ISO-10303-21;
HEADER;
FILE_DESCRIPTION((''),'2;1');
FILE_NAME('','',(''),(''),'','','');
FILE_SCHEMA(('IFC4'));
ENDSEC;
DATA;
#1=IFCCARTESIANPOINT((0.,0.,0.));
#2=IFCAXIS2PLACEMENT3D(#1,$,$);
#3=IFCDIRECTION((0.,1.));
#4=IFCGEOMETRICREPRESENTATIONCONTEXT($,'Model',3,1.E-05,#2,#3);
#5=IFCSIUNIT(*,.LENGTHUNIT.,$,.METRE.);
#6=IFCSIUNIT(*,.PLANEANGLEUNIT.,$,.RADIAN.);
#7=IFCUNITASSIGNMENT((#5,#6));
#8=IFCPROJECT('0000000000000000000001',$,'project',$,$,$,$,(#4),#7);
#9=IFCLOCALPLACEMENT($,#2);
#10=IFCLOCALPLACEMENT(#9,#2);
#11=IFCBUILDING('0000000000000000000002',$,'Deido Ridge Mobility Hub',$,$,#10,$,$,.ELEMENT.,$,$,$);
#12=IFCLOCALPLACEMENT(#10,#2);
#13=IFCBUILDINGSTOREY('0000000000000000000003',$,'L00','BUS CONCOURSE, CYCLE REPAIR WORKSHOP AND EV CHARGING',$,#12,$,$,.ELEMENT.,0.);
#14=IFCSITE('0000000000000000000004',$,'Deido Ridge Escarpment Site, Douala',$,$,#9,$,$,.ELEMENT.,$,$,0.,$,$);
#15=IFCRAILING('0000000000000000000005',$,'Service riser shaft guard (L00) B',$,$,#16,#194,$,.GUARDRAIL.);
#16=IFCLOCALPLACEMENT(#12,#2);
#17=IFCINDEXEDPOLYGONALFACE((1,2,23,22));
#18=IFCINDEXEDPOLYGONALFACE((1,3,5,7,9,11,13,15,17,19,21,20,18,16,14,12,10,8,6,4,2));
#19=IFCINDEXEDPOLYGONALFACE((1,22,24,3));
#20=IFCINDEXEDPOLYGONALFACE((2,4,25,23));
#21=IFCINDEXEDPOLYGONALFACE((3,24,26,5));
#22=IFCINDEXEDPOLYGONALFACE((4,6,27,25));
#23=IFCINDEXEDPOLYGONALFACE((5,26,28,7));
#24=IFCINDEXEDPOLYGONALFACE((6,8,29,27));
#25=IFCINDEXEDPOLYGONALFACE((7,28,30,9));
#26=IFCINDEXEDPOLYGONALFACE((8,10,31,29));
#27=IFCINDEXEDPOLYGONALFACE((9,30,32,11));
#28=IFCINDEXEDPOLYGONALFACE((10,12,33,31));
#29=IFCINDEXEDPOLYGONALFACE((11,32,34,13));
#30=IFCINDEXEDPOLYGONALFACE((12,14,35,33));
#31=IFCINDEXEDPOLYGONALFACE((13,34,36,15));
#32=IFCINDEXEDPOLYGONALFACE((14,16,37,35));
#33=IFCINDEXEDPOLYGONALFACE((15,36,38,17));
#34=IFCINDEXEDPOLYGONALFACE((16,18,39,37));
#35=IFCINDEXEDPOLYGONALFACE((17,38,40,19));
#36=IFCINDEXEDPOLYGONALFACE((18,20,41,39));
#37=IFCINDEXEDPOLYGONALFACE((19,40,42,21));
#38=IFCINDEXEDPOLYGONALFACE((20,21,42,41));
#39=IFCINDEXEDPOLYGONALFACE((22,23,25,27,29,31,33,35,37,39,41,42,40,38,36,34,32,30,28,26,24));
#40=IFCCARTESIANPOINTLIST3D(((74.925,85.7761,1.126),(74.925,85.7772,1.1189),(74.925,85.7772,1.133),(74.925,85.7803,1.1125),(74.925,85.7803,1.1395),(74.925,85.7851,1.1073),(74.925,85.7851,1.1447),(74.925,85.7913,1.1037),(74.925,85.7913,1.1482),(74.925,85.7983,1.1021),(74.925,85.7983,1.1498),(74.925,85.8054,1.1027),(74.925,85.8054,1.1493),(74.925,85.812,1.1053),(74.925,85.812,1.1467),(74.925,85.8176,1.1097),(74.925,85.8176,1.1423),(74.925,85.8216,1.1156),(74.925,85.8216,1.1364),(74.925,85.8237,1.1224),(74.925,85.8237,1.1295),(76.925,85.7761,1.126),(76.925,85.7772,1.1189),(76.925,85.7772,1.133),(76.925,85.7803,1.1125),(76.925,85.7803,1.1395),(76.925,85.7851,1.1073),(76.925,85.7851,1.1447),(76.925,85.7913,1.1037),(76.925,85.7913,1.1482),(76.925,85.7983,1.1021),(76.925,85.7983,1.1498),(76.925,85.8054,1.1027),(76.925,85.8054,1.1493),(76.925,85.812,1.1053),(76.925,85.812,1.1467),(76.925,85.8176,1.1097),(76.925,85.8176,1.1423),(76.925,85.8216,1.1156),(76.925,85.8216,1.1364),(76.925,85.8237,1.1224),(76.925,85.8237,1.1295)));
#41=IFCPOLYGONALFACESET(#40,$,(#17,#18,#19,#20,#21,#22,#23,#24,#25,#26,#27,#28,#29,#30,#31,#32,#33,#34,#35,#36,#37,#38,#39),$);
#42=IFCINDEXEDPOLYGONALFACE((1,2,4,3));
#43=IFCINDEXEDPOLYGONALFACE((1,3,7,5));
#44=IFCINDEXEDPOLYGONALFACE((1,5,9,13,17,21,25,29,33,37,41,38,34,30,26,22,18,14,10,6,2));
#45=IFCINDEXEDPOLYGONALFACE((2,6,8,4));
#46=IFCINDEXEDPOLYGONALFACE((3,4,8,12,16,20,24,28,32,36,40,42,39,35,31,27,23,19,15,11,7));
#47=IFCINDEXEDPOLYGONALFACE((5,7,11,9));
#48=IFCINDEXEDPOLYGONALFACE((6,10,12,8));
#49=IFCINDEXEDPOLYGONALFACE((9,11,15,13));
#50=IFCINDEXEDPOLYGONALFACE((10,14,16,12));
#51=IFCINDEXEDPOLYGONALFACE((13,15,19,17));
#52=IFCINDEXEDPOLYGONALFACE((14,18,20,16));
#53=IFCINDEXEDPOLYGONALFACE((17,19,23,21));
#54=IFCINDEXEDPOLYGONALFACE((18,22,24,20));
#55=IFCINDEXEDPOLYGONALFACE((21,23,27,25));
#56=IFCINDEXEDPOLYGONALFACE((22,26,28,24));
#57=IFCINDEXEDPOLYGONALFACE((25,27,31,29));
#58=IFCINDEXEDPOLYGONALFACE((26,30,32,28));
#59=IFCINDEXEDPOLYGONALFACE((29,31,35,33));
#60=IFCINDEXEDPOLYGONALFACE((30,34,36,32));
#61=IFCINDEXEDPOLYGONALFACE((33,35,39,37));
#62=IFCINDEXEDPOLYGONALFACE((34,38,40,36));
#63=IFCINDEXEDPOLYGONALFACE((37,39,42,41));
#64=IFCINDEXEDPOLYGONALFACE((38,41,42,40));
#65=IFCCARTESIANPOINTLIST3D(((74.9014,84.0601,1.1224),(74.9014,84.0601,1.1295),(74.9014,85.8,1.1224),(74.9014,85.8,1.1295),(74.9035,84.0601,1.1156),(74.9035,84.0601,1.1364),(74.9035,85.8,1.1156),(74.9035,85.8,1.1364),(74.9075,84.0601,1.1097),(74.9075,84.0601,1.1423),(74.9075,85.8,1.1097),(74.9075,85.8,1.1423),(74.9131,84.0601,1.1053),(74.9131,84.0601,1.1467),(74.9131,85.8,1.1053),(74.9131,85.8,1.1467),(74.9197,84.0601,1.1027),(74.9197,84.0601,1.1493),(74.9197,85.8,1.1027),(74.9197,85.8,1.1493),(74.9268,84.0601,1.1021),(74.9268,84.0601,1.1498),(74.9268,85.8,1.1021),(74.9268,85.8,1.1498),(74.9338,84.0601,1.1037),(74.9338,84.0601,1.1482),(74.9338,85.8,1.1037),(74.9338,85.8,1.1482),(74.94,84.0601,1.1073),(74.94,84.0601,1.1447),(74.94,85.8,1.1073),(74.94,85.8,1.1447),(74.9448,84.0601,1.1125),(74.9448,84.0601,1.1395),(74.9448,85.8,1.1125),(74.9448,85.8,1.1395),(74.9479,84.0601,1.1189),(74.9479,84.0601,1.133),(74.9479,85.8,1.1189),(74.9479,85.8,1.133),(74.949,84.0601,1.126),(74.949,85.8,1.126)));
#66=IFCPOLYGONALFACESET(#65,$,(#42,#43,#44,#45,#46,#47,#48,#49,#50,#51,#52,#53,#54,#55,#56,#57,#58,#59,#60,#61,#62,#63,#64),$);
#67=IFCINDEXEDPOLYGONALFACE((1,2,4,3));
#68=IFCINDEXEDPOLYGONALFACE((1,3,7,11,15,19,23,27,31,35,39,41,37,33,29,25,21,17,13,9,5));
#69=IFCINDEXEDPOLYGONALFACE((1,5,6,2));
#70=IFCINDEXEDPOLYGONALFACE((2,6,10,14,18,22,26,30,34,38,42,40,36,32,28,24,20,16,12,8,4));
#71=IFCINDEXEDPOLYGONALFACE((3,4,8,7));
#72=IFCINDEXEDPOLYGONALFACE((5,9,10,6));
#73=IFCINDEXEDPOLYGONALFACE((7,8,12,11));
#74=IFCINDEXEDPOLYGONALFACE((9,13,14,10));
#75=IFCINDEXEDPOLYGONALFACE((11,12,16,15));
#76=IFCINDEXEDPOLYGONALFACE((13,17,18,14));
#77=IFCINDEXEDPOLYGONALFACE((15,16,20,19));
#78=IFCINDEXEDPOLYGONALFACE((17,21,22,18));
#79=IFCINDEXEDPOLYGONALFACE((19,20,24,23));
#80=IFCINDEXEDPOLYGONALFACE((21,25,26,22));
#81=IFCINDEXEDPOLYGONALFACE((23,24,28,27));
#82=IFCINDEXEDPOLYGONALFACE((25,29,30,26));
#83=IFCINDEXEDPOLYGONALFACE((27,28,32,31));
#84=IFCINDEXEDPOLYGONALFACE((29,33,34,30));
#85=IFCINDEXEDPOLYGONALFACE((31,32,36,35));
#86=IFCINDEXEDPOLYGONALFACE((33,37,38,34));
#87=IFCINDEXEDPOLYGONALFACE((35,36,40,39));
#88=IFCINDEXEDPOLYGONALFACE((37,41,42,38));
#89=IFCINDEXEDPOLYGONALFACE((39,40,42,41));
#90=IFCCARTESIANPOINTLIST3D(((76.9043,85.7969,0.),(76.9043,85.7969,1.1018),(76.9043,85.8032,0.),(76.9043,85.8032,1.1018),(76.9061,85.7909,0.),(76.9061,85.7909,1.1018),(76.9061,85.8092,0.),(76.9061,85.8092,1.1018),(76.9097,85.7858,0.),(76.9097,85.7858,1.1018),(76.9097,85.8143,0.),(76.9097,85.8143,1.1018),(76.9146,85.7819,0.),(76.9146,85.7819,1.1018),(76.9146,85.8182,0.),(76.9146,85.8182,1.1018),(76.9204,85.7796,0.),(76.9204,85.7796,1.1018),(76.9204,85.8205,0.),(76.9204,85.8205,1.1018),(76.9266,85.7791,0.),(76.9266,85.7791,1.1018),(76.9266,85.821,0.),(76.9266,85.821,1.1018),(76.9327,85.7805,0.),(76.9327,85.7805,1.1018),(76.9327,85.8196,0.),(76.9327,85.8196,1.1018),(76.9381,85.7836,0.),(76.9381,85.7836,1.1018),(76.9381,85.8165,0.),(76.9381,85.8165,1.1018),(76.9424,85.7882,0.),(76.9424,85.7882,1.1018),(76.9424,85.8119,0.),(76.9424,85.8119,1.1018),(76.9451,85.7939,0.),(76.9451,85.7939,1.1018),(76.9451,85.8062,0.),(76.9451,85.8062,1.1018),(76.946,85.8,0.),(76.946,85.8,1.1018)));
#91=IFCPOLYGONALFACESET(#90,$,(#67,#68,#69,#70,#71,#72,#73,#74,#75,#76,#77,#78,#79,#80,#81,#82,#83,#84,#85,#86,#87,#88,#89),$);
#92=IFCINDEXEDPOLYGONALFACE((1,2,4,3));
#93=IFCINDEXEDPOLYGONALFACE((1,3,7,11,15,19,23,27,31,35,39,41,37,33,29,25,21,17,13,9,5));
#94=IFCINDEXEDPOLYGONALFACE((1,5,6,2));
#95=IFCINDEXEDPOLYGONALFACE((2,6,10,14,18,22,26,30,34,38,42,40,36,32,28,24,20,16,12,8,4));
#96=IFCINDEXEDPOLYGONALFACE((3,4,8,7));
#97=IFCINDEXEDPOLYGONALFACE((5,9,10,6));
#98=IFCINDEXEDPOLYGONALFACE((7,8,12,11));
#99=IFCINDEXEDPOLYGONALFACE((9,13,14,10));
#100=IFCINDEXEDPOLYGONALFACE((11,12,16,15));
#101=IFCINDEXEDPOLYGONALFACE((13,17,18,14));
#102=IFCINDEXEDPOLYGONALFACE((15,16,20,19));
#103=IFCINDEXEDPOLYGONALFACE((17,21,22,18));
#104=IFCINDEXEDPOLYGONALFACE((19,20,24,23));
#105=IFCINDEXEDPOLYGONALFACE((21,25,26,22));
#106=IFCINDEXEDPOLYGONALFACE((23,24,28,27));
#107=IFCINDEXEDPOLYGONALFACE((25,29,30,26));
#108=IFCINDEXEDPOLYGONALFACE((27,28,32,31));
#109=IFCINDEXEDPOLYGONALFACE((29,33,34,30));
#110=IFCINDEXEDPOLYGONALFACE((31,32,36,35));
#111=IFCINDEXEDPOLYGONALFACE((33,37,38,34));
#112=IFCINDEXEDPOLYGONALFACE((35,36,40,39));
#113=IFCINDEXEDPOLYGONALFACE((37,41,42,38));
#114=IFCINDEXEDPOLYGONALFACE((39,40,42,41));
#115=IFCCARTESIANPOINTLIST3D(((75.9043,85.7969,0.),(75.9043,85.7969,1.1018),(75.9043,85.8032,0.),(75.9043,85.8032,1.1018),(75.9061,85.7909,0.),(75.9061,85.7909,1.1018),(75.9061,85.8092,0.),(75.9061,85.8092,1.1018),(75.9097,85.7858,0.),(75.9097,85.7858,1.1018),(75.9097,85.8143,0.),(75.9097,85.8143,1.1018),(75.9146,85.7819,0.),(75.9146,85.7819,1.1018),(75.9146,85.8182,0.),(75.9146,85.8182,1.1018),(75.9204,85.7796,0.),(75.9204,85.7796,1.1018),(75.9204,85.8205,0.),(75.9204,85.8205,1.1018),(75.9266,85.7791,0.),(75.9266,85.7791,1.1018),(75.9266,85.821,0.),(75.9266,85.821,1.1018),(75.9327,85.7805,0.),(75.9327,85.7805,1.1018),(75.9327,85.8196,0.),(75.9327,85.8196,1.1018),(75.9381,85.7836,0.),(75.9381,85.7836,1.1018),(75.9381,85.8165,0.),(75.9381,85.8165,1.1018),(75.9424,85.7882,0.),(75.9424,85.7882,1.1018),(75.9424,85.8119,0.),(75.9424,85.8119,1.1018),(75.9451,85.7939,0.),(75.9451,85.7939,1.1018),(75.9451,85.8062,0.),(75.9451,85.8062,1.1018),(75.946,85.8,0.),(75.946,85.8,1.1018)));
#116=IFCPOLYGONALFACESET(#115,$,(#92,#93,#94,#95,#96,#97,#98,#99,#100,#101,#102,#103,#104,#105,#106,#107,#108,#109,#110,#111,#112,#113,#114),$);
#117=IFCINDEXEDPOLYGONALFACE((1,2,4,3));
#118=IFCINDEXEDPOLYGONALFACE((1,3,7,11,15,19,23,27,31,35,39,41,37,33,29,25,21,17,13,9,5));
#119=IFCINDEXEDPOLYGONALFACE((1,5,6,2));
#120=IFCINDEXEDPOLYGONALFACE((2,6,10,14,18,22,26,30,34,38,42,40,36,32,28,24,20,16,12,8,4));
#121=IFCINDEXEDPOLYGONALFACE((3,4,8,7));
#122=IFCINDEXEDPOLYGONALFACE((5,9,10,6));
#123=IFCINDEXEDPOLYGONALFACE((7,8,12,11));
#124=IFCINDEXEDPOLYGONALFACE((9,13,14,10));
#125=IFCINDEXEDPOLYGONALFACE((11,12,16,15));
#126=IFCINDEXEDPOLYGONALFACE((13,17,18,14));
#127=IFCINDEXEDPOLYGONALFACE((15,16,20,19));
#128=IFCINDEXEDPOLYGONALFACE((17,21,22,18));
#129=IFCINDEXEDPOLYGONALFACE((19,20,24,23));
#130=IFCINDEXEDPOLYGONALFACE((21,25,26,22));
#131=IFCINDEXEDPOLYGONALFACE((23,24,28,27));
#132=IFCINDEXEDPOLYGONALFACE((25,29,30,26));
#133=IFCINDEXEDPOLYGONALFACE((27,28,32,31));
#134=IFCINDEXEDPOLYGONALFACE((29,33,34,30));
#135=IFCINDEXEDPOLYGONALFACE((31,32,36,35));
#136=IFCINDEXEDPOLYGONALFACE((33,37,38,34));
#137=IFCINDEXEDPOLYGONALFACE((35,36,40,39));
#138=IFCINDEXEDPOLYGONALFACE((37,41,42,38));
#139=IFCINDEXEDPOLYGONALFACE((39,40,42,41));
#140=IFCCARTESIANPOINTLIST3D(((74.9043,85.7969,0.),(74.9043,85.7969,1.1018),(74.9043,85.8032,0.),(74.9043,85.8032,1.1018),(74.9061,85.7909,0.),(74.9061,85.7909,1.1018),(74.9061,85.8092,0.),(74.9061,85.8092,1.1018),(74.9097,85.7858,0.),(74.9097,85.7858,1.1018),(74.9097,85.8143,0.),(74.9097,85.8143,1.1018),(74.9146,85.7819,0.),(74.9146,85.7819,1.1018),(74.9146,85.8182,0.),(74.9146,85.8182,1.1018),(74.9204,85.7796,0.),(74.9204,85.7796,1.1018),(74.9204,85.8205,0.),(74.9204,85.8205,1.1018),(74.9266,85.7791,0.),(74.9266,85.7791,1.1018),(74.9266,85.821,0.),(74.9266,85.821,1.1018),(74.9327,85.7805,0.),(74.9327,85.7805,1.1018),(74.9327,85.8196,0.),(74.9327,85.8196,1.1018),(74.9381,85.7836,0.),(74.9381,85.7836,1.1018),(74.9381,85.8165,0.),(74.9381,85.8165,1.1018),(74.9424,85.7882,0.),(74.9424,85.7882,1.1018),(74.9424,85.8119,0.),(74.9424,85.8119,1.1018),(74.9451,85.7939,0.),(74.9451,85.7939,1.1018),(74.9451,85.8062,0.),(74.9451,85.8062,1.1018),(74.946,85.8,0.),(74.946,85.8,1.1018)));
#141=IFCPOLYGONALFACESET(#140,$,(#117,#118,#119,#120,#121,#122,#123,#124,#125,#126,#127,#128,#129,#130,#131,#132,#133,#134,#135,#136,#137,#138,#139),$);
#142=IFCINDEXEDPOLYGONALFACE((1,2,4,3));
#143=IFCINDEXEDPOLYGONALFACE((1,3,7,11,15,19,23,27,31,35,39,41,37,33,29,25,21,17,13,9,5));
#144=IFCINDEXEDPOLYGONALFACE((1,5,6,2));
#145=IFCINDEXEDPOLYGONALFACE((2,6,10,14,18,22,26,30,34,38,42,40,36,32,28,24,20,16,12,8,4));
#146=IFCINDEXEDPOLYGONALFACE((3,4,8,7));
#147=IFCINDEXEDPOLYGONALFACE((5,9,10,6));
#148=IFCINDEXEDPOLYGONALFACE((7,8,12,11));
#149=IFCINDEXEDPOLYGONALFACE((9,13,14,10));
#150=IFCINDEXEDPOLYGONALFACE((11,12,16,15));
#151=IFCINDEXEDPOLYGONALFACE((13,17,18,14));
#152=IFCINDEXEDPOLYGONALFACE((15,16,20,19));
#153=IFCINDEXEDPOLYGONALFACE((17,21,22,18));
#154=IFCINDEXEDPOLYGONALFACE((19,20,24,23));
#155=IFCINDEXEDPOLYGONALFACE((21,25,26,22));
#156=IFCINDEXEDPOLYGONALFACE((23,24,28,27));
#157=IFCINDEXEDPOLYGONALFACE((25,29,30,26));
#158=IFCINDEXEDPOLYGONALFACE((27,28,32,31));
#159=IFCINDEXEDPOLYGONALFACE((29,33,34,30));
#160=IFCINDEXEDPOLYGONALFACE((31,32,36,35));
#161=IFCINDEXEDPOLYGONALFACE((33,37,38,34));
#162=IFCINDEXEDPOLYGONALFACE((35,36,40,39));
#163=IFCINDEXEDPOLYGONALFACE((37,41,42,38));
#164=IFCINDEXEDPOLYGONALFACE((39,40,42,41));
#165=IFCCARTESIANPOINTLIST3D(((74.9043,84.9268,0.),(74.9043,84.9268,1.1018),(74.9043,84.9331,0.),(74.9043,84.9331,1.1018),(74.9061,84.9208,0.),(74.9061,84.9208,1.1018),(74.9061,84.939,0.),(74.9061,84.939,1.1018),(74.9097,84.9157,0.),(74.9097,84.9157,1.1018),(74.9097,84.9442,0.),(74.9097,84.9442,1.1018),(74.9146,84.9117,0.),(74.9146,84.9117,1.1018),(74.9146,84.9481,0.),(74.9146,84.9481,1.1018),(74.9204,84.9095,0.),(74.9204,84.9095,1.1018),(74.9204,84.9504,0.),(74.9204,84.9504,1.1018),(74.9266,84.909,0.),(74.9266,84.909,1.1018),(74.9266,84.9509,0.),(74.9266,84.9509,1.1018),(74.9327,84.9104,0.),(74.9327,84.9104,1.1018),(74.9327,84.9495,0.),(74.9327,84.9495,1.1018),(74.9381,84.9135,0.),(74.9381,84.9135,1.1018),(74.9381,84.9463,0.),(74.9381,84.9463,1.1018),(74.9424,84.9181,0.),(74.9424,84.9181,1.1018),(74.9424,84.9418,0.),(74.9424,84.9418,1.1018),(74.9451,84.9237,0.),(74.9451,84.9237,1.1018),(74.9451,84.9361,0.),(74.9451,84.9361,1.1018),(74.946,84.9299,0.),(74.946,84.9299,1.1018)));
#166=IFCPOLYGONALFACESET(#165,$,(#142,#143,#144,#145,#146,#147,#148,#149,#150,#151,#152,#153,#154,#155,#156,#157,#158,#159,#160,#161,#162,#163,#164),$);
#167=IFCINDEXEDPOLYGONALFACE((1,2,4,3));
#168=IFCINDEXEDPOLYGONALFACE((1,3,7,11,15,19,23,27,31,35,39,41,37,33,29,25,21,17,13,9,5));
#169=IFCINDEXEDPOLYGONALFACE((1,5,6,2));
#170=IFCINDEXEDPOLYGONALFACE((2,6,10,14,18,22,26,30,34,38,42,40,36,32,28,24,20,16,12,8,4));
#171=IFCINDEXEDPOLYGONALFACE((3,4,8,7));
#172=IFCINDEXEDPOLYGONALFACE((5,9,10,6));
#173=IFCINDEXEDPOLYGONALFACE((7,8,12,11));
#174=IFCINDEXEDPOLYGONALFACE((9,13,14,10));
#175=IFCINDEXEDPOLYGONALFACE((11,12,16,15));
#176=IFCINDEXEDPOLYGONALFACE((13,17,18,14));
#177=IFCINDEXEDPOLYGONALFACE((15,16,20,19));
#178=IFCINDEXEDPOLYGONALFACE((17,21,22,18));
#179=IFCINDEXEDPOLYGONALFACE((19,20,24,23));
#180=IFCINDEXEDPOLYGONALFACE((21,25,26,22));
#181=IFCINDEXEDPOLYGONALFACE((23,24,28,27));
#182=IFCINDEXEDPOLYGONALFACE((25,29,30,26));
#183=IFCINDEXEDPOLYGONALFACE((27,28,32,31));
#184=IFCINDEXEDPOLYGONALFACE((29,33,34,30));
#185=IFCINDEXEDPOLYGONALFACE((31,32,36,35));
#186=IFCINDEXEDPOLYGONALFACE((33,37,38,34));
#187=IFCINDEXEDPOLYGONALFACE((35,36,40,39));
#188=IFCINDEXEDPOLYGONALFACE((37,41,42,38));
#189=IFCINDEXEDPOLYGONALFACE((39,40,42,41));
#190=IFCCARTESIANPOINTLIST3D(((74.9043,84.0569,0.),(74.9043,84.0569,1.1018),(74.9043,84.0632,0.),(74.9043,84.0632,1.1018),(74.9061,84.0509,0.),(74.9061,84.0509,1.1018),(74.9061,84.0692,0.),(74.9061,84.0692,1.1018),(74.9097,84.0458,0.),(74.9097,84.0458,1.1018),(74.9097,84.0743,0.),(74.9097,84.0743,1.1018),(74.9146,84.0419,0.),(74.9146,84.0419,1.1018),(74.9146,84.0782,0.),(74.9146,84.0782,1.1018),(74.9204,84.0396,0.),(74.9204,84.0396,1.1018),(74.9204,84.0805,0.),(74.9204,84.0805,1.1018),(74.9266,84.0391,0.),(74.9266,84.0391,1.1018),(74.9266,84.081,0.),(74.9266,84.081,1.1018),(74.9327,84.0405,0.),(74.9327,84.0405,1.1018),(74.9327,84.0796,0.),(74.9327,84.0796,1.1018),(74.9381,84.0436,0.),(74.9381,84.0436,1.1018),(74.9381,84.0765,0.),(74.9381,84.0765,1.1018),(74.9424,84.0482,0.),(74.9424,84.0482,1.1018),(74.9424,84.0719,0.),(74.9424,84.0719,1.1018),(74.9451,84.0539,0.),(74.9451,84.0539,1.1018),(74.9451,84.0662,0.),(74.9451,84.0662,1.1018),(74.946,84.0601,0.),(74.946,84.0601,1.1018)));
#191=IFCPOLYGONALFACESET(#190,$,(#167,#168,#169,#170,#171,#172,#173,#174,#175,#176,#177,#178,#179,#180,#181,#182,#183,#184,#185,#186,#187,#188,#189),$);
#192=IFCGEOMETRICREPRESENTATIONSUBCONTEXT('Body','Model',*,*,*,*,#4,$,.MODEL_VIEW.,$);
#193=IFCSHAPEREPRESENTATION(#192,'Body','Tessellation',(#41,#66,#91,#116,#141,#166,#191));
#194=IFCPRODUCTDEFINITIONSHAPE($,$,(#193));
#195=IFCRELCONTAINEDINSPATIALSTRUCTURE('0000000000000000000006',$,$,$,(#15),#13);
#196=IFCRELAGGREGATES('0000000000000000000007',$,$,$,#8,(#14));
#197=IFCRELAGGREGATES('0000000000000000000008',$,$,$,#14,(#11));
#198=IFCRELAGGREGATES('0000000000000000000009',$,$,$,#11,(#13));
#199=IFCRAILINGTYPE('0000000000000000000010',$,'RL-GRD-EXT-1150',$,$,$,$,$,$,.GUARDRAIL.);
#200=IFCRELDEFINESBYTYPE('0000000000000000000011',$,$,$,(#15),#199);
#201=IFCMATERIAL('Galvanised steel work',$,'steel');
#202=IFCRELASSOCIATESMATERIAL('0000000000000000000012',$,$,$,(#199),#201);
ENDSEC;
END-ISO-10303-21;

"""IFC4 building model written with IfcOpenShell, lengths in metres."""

from ifc_helpers import new_model, si_unit, direction, frame, origin, origin_2d, place, context, subcontext, project, spatial, circle, extrude, material, type_object, element, save


model = new_model("IFC4")

# Units and contexts
model_context = context("Model", 3, precision=1e-05, world=origin(), true_north=direction((0.0, 1.0)))
body_context = subcontext(model_context, "Body", "Model", "MODEL_VIEW")
ifc_project = project(units=[si_unit("LENGTHUNIT", "METRE"), si_unit("PLANEANGLEUNIT", "RADIAN")], contexts=[model_context])

# Site, building, storey
site_placement = place(None, origin())
site = spatial("IfcSite", under=ifc_project, at=site_placement, Name="Deido Ridge Escarpment Site, Douala", CompositionType="ELEMENT", RefElevation=0.0)
building_placement = place(site_placement, origin())
building = spatial("IfcBuilding", under=site, at=building_placement, Name="Deido Ridge Mobility Hub", CompositionType="ELEMENT")
storey_placement = place(building_placement, origin())
storey = spatial("IfcBuildingStorey", under=building, at=storey_placement, Name="L00", Description="BUS CONCOURSE, CYCLE REPAIR WORKSHOP AND EV CHARGING", CompositionType="ELEMENT", Elevation=0.0)

# Shared definitions
ifc_material_1 = material(Name="Galvanised steel work", Category="steel")

# Railing
railing_type = type_object("IfcRailingType", Name="RL-GRD-EXT-1150", PredefinedType="GUARDRAIL", material=ifc_material_1)
railing_1_placement = place(storey_placement, frame((76.925, 85.8, 0.0)))
element("IfcRailing", 1, at=railing_1_placement, inside=storey, type_object=railing_type, Name="Service riser shaft guard (L00) B", PredefinedType="GUARDRAIL", context=body_context, shape_type="SweptSolid", body=[
    extrude(circle(Radius=0.0239, at=origin_2d()), frame((0.0, 0.0, 1.126), z_axis=(-1.0, 0.0, 0.0), x_axis=(0.0, -1.0, 0.0)), (0.0, 0.0, 1.0), 2.0),
    extrude(circle(Radius=0.0239, at=origin_2d()), frame((-2.0, 0.0, 1.126), z_axis=(0.0, -1.0, 0.0), x_axis=(1.0, 0.0, 0.0)), (0.0, 0.0, 1.0), 1.74),
    extrude(circle(Radius=0.021, at=origin_2d()), origin(), (0.0, 0.0, 1.0), 1.1018),
    extrude(circle(Radius=0.021, at=origin_2d()), frame((-1.0, 0.0, 0.0)), (0.0, 0.0, 1.0), 1.1018),
    extrude(circle(Radius=0.021, at=origin_2d()), frame((-2.0, 0.0, 0.0)), (0.0, 0.0, 1.0), 1.1018),
    extrude(circle(Radius=0.021, at=origin_2d()), frame((-2.0, -0.8701, 0.0)), (0.0, 0.0, 1.0), 1.1018),
    extrude(circle(Radius=0.021, at=origin_2d()), frame((-2.0, -1.74, 0.0)), (0.0, 0.0, 1.0), 1.1018),
])

save(model, "model.ifc")
